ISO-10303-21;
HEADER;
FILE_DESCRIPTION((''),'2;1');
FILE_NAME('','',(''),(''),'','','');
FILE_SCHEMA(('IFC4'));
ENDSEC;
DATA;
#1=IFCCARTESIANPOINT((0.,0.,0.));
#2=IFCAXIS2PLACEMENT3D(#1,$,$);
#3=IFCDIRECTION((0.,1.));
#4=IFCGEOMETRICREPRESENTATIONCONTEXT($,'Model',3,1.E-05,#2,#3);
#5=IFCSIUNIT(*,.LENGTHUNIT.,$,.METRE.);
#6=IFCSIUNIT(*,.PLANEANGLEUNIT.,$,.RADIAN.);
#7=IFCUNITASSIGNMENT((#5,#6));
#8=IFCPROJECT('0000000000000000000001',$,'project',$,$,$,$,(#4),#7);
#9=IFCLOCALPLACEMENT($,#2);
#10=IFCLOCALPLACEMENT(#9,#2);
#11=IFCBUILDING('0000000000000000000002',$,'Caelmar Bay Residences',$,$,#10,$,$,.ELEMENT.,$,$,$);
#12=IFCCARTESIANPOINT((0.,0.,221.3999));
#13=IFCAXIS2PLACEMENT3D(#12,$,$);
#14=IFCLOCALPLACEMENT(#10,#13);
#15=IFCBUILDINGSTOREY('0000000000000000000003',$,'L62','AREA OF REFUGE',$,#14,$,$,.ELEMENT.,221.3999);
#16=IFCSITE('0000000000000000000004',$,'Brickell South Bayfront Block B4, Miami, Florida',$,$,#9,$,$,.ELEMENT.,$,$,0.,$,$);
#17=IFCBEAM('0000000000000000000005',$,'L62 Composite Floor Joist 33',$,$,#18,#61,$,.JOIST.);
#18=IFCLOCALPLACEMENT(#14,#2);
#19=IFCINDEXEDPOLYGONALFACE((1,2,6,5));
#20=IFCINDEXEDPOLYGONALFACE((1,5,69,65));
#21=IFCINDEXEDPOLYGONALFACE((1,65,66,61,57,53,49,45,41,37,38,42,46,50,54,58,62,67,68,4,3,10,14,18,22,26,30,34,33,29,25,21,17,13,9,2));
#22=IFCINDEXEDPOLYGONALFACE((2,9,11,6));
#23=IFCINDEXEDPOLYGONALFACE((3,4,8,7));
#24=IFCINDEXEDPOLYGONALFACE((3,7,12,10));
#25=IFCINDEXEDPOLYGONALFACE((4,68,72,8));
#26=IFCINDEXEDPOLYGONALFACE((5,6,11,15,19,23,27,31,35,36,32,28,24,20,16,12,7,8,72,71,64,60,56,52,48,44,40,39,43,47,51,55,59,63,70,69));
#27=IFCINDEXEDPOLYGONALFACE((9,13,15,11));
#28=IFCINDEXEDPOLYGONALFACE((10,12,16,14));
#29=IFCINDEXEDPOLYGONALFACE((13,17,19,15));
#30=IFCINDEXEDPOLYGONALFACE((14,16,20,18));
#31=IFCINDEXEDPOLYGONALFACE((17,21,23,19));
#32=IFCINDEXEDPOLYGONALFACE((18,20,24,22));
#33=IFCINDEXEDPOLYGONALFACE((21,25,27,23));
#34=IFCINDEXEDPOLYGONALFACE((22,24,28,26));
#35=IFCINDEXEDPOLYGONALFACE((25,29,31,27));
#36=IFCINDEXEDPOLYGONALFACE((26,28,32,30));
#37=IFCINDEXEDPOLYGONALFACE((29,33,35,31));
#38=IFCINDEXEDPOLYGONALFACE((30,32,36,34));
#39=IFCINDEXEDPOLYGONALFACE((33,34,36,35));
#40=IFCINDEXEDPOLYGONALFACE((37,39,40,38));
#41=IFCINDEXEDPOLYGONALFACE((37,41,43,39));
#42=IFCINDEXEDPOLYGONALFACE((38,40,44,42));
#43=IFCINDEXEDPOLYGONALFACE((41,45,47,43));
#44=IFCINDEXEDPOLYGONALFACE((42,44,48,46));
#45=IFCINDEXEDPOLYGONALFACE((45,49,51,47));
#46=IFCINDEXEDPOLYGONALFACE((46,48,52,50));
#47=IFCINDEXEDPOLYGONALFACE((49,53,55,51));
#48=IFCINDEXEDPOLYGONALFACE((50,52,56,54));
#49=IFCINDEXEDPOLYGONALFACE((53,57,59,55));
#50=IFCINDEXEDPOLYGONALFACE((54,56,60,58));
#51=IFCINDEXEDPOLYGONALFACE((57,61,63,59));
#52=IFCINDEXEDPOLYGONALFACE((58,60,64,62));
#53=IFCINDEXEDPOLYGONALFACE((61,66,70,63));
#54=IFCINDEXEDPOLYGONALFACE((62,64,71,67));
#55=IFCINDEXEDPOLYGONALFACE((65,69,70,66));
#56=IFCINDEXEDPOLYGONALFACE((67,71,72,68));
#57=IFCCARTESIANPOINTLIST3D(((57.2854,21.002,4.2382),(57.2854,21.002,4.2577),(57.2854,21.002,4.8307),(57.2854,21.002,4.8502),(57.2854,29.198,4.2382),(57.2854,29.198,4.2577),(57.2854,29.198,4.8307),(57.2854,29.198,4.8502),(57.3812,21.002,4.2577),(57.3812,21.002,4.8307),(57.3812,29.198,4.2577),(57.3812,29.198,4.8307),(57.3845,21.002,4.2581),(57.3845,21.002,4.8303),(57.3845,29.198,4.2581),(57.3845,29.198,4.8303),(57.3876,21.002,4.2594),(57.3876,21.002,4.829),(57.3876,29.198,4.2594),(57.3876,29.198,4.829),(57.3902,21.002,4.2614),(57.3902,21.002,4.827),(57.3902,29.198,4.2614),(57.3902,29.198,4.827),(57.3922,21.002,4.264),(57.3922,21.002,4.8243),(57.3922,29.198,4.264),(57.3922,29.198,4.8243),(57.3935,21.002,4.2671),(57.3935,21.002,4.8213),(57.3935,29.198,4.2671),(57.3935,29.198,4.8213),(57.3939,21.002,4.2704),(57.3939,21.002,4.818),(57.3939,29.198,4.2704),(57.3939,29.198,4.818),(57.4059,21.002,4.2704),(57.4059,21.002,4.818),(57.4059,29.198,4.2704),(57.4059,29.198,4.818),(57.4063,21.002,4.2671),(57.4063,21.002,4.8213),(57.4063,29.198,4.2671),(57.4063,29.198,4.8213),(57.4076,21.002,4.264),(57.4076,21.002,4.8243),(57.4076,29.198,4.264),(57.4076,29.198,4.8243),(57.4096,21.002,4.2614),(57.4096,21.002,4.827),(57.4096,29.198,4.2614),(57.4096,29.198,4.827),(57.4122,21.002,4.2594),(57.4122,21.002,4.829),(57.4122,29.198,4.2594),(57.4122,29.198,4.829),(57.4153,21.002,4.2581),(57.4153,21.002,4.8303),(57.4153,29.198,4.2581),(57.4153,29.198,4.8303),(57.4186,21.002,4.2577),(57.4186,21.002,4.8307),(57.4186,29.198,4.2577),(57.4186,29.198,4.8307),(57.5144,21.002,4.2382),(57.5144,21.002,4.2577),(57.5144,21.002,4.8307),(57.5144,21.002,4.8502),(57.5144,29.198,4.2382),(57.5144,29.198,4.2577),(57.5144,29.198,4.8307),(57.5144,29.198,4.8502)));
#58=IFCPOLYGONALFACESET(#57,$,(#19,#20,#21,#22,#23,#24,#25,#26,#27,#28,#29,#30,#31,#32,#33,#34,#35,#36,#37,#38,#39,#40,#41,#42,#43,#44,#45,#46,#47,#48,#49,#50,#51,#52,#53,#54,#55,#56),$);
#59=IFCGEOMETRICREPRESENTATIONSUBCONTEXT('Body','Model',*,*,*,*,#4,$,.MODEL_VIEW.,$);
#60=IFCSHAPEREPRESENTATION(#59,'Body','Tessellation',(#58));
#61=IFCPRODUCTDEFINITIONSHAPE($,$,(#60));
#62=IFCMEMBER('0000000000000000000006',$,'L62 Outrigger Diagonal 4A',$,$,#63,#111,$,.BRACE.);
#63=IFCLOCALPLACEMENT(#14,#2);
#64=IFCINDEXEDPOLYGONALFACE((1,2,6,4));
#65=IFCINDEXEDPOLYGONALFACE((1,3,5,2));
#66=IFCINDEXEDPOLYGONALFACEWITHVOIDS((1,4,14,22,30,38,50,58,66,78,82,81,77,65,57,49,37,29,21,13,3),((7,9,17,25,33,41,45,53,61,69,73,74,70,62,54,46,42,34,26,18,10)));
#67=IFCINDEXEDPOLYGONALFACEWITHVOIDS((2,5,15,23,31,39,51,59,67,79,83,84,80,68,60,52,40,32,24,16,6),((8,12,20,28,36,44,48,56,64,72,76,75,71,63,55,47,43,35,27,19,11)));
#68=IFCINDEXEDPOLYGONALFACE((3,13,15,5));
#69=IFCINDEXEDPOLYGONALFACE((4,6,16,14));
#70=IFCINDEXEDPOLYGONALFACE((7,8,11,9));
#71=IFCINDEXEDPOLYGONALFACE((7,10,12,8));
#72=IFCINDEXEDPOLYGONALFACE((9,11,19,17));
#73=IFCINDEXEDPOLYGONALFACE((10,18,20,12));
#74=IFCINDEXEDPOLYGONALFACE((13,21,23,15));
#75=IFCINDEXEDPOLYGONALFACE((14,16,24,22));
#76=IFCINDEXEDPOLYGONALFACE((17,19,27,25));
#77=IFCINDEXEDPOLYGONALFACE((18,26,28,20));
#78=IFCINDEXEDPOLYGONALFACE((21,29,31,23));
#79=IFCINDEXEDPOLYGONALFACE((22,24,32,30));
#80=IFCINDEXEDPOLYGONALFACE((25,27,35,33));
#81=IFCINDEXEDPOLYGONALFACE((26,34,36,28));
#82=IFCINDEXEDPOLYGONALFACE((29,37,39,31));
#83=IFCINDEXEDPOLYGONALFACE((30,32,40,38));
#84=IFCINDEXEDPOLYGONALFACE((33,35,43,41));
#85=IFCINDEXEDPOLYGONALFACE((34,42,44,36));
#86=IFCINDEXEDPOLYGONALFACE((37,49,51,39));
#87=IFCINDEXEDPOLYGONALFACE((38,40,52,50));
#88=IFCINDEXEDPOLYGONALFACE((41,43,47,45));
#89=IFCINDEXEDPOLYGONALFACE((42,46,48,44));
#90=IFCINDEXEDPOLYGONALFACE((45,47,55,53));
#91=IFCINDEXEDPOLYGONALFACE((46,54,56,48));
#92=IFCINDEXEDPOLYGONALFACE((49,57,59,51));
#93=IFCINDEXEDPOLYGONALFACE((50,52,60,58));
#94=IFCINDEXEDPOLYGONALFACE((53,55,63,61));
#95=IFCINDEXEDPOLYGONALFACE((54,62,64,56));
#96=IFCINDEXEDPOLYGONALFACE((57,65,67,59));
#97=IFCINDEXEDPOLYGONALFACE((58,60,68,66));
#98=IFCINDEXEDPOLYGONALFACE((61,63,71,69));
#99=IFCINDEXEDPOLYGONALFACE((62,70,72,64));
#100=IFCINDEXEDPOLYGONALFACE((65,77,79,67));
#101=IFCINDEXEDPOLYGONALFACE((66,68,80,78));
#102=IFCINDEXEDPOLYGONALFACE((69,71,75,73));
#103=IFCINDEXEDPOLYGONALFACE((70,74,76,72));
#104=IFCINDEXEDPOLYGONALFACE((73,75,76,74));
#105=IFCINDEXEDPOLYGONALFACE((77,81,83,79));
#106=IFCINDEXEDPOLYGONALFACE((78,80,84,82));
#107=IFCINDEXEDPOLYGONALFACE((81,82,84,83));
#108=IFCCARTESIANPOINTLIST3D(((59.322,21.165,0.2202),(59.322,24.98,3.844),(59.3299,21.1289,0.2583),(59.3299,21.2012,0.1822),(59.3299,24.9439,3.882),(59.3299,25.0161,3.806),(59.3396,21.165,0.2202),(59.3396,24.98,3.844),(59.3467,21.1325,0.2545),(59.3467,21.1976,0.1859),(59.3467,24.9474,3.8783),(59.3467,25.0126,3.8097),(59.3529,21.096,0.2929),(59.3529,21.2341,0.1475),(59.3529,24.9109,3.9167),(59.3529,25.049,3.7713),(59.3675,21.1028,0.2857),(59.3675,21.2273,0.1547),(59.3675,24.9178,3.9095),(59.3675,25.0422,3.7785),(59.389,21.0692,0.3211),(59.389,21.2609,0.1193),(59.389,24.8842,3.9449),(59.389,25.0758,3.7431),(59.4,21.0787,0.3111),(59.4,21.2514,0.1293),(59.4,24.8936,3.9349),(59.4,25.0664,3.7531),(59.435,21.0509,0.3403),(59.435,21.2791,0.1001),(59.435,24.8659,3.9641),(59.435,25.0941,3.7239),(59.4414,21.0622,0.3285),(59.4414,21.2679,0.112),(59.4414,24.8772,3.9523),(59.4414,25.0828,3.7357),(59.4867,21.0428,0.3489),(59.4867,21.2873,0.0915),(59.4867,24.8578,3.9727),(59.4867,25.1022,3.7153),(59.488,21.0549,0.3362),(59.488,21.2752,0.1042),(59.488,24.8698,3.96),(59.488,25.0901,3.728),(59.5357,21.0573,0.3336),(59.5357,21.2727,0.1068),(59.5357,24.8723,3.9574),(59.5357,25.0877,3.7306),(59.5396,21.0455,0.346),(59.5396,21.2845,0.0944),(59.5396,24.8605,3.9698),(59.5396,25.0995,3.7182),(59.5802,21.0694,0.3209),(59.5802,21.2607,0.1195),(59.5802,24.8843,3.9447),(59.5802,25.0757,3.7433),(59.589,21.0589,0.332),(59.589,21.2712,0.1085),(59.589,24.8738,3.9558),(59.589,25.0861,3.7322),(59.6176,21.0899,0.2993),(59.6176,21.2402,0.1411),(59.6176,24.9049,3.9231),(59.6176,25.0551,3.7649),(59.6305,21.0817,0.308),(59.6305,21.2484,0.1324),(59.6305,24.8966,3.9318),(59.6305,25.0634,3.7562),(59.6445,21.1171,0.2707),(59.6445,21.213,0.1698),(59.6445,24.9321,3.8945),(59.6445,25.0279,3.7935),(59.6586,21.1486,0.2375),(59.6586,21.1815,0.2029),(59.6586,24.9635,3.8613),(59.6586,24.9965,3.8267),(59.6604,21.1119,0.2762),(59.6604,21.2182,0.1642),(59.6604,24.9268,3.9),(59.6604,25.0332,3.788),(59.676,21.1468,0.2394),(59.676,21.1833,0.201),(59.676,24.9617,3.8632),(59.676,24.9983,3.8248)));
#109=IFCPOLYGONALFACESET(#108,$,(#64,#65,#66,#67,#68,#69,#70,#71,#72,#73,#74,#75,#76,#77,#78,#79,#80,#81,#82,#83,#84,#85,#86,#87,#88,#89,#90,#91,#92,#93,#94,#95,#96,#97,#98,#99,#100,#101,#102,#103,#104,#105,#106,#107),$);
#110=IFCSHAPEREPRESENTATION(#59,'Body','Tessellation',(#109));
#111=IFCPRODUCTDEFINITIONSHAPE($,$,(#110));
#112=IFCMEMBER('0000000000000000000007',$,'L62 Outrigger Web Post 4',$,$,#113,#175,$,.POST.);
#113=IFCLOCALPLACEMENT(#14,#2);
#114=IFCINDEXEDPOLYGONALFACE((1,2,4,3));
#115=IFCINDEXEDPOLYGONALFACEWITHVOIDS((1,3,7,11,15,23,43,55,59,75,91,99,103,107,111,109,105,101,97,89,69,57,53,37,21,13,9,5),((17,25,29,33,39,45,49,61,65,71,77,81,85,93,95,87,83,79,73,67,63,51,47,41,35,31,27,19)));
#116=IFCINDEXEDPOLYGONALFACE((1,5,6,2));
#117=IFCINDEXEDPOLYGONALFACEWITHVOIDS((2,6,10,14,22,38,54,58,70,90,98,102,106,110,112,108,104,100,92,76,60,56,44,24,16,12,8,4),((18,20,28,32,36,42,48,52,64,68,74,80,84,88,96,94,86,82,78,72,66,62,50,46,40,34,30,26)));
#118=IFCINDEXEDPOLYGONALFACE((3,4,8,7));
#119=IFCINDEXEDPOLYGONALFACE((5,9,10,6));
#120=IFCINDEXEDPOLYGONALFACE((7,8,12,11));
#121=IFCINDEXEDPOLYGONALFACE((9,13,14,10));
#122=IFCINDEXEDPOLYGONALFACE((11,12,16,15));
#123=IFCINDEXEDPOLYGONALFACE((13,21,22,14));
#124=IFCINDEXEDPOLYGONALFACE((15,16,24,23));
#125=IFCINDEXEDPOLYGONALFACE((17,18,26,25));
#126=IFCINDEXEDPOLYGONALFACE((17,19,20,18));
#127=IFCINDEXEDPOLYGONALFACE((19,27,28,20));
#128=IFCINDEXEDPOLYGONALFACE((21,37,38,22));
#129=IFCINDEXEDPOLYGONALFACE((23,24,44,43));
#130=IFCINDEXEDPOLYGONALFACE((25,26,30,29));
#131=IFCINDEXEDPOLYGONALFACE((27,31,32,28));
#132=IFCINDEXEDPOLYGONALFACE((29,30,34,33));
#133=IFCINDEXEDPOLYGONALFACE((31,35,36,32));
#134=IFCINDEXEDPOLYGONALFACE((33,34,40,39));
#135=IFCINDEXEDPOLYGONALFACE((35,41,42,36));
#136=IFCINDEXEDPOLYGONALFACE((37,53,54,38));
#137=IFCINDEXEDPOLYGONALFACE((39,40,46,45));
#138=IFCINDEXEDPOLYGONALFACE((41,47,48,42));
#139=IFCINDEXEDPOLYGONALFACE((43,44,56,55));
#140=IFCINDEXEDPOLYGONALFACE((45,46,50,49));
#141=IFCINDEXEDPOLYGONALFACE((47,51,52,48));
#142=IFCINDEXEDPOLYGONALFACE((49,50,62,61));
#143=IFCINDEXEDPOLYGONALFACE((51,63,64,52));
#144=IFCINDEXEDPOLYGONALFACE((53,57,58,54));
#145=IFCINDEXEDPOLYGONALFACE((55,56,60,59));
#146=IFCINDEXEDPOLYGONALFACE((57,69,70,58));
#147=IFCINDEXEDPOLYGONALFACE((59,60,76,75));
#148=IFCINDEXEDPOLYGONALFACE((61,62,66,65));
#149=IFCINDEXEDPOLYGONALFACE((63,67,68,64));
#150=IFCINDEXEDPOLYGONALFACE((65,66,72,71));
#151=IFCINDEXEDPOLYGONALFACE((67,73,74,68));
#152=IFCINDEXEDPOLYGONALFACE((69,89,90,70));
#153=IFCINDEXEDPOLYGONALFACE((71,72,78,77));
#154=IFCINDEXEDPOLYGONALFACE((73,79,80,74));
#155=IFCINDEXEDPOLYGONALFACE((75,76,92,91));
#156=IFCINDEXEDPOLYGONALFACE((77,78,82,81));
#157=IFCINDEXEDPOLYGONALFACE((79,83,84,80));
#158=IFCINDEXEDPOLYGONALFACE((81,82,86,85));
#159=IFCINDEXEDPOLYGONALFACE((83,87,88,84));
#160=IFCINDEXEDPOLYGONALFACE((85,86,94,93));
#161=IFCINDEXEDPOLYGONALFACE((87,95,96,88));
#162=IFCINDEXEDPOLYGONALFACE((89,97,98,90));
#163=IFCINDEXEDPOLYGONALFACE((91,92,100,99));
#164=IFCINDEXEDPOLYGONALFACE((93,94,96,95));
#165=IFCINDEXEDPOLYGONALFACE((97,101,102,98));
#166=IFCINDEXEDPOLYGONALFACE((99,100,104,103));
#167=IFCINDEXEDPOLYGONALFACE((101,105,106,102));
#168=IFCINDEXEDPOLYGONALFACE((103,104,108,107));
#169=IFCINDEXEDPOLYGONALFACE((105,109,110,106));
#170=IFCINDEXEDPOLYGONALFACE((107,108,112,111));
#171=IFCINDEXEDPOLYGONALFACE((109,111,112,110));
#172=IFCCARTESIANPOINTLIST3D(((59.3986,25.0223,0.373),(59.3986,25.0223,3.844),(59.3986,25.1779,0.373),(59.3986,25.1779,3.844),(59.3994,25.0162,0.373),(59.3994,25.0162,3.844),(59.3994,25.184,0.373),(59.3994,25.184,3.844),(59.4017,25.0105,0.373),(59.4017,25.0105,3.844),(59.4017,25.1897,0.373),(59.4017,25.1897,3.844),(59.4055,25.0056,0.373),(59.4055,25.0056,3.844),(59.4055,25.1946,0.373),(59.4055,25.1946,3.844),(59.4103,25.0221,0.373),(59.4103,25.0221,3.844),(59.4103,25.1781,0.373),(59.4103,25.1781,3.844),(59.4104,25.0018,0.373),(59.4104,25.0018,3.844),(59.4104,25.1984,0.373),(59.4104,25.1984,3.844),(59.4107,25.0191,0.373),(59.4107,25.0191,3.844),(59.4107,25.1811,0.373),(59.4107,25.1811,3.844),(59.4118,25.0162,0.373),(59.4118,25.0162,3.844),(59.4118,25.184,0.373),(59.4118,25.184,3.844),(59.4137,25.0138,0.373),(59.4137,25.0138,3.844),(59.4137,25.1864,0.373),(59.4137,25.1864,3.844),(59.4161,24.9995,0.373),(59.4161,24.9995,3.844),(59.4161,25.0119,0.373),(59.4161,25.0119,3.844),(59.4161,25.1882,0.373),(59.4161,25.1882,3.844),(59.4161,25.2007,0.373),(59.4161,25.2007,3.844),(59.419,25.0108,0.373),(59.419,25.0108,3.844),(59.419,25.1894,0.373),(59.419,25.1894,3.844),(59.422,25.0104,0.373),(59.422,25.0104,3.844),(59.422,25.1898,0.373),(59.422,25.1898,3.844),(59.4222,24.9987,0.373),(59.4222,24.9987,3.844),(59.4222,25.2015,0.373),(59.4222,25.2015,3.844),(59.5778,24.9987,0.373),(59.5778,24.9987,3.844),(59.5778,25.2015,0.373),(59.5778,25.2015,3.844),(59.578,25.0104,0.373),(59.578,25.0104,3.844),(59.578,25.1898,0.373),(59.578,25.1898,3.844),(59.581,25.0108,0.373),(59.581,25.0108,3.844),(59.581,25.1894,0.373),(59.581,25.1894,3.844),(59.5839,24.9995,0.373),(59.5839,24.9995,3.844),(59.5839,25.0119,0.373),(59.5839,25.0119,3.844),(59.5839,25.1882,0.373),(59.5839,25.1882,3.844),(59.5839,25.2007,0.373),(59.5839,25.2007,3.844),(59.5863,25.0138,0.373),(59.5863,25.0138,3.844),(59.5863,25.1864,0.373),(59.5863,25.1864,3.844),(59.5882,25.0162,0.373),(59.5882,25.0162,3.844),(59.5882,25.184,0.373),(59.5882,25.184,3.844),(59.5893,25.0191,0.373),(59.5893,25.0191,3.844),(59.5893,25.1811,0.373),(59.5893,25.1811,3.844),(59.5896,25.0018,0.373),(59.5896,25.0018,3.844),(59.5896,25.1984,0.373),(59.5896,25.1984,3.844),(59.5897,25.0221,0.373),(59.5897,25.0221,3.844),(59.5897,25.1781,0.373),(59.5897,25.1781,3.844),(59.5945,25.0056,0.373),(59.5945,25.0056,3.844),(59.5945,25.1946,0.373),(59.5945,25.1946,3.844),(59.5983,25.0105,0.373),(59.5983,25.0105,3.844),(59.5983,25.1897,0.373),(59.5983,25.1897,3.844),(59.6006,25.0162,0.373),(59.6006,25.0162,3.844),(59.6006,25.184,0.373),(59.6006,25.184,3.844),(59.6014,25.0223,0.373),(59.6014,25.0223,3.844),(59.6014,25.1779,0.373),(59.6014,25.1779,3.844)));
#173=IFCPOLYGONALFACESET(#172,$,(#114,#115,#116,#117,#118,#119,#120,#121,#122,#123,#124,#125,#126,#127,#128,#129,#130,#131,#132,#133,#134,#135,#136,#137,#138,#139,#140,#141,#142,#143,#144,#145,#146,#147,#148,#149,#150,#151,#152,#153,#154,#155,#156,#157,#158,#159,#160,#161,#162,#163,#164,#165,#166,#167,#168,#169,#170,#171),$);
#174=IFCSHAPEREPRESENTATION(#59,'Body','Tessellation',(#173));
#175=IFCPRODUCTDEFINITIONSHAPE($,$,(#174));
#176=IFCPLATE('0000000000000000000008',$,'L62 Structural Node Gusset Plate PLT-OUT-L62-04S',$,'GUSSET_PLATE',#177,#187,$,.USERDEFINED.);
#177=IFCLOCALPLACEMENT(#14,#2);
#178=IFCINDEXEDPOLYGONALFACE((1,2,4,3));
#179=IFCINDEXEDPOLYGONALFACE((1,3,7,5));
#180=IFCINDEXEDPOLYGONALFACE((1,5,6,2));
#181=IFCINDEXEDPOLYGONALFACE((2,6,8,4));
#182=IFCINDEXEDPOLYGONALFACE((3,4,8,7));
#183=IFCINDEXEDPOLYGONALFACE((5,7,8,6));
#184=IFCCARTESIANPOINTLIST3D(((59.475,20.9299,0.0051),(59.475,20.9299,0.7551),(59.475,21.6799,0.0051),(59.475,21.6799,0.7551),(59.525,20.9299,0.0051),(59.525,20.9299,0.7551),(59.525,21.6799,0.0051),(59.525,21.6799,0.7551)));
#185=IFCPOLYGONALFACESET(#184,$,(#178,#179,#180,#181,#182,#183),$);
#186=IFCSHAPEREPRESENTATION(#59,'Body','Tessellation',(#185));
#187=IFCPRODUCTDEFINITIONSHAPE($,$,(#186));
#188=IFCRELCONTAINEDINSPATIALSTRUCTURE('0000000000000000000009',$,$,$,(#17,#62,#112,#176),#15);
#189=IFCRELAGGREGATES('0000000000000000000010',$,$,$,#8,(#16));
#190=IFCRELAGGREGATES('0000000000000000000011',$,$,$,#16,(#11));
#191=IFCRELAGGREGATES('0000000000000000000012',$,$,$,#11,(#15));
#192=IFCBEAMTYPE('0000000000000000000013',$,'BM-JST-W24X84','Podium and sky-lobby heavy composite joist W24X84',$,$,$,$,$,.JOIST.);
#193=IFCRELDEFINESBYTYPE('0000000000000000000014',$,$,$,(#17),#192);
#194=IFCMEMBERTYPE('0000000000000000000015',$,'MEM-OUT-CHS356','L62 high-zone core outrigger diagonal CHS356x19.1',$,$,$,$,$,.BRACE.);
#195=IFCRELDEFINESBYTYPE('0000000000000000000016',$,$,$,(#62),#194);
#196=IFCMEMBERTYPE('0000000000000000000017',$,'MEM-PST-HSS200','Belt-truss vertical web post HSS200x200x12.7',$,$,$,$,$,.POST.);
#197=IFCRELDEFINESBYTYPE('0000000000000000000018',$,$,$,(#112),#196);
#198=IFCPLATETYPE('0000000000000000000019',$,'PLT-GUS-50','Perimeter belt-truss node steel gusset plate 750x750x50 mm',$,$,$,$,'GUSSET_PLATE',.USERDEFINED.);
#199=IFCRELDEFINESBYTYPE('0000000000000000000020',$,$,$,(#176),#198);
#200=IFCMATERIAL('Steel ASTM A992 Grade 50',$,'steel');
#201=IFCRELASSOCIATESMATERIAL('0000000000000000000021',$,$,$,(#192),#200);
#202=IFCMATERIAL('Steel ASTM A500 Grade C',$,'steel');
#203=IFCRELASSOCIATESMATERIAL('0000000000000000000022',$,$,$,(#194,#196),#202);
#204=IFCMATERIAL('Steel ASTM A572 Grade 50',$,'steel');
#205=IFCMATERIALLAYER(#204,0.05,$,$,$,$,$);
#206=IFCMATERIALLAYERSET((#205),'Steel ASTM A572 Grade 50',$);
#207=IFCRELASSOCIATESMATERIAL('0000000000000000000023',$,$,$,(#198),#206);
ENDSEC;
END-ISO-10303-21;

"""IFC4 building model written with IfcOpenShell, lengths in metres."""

from ifc_helpers import new_model, si_unit, direction, frame, origin, origin_2d, place, context, subcontext, project, spatial, rectangle, hollow_rectangle, hollow_circle, i_section, extrude, material, layer, layer_set, material_profile, profile_set, type_object, element, save


model = new_model("IFC4")

# Units and contexts
model_context = context("Model", 3, precision=1e-05, world=origin(), true_north=direction((0.0, 1.0)))
body_context = subcontext(model_context, "Body", "Model", "MODEL_VIEW")
ifc_project = project(units=[si_unit("LENGTHUNIT", "METRE"), si_unit("PLANEANGLEUNIT", "RADIAN")], contexts=[model_context])

# Site, building, storey
site_placement = place(None, origin())
site = spatial("IfcSite", under=ifc_project, at=site_placement, Name="Brickell South Bayfront Block B4, Miami, Florida", CompositionType="ELEMENT", RefElevation=0.0)
building_placement = place(site_placement, origin())
building = spatial("IfcBuilding", under=site, at=building_placement, Name="Caelmar Bay Residences", CompositionType="ELEMENT")
storey_placement = place(building_placement, frame((0.0, 0.0, 221.3999)))
storey = spatial("IfcBuildingStorey", under=building, at=storey_placement, Name="L62", Description="AREA OF REFUGE", CompositionType="ELEMENT", Elevation=221.3999)

# Beam
ifc_material_1 = material(Name="Steel ASTM A992 Grade 50", Category="steel")
ifc_material_profile_1 = material_profile(ifc_material_1, i_section(OverallWidth=0.229, OverallDepth=0.6121, WebThickness=0.012, FlangeThickness=0.0195, FilletRadius=0.0127, at=origin_2d()), Name="W24X84")
ifc_profile_set_1 = profile_set([ifc_material_profile_1], Name="Steel ASTM A992 Grade 50")
beam_type_1 = type_object("IfcBeamType", Name="BM-JST-W24X84", Description="Podium and sky-lobby heavy composite joist W24X84", PredefinedType="JOIST", material=ifc_profile_set_1)
for number, where, z_axis, x_axis, name in (
    (1, (57.3999, 21.002, 4.5442), (0.0, 1.0, 0.0), (-1.0, 0.0, 0.0), "L62 Composite Floor Joist 33"),
):
    element("IfcBeam", number, at=place(storey_placement, frame(where, z_axis=z_axis, x_axis=x_axis)), inside=storey, type_object=beam_type_1, Name=name, PredefinedType="JOIST", context=body_context, shape_type="SweptSolid", body=[
        extrude(i_section(OverallWidth=0.229, OverallDepth=0.6121, WebThickness=0.012, FlangeThickness=0.0195, FilletRadius=0.0127, at=origin_2d()), origin(), (0.0, 0.0, 1.0), 8.196),
    ])

# Members
ifc_material_2 = material(Name="Steel ASTM A500 Grade C", Category="steel")
ifc_material_profile_2 = material_profile(ifc_material_2, hollow_circle(Radius=0.178, WallThickness=0.0176, at=origin_2d()), Name="CHS356X19.1")
ifc_profile_set_2 = profile_set([ifc_material_profile_2], Name="Steel ASTM A500 Grade C")
member_type_1 = type_object("IfcMemberType", Name="MEM-OUT-CHS356", Description="L62 high-zone core outrigger diagonal CHS356x19.1", PredefinedType="BRACE", material=ifc_profile_set_2)
member_1_placement = place(storey_placement, frame((59.5, 21.165, 0.2202), z_axis=(0.0, 0.725039, 0.688708), x_axis=(-1.0, 0.0, 0.0)))
element("IfcMember", 2, at=member_1_placement, inside=storey, type_object=member_type_1, Name="L62 Outrigger Diagonal 4A", PredefinedType="BRACE", context=body_context, shape_type="SweptSolid", body=[
    extrude(hollow_circle(Radius=0.178, WallThickness=0.0176, at=origin_2d()), origin(), (0.0, 0.0, 1.0), 5.2617),
])
ifc_material_profile_3 = material_profile(ifc_material_2, hollow_rectangle(XDim=0.2029, YDim=0.2029, WallThickness=0.0117, InnerFilletRadius=0.0117, OuterFilletRadius=0.0237, at=origin_2d()), Name="HSS200X200X12.7")
ifc_profile_set_3 = profile_set([ifc_material_profile_3], Name="Steel ASTM A500 Grade C")
member_type_2 = type_object("IfcMemberType", Name="MEM-PST-HSS200", Description="Belt-truss vertical web post HSS200x200x12.7", PredefinedType="POST", material=ifc_profile_set_3)
member_2_placement = place(storey_placement, frame((59.5, 25.1001, 0.373), z_axis=(0.0, 0.0, 1.0), x_axis=(1.0, 0.0, 0.0)))
element("IfcMember", 3, at=member_2_placement, inside=storey, type_object=member_type_2, Name="L62 Outrigger Web Post 4", PredefinedType="POST", context=body_context, shape_type="SweptSolid", body=[
    extrude(hollow_rectangle(XDim=0.2029, YDim=0.2029, WallThickness=0.0117, InnerFilletRadius=0.0117, OuterFilletRadius=0.0237, at=origin_2d()), origin(), (0.0, 0.0, 1.0), 3.4709),
])

# Plate
ifc_material_3 = material(Name="Steel ASTM A572 Grade 50", Category="steel")
ifc_layer_1 = layer(ifc_material_3, 0.05)
ifc_layer_set_1 = layer_set([ifc_layer_1], Name="Steel ASTM A572 Grade 50")
plate_type = type_object("IfcPlateType", Name="PLT-GUS-50", Description="Perimeter belt-truss node steel gusset plate 750x750x50 mm", ElementType="GUSSET_PLATE", PredefinedType="USERDEFINED", material=ifc_layer_set_1)
for number, where, z_axis, x_axis, name in (
    (4, (59.5, 21.3049, 0.0051), (0.0, 0.0, 1.0), (0.0, 1.0, 0.0), "L62 Structural Node Gusset Plate PLT-OUT-L62-04S"),
):
    element("IfcPlate", number, at=place(storey_placement, frame(where, z_axis=z_axis, x_axis=x_axis)), inside=storey, type_object=plate_type, Name=name, ObjectType="GUSSET_PLATE", PredefinedType="USERDEFINED", context=body_context, shape_type="SweptSolid", body=[
        extrude(rectangle(XDim=0.75, YDim=0.05, at=origin_2d()), origin(), (0.0, 0.0, 1.0), 0.75),
    ])

save(model, "model.ifc")
